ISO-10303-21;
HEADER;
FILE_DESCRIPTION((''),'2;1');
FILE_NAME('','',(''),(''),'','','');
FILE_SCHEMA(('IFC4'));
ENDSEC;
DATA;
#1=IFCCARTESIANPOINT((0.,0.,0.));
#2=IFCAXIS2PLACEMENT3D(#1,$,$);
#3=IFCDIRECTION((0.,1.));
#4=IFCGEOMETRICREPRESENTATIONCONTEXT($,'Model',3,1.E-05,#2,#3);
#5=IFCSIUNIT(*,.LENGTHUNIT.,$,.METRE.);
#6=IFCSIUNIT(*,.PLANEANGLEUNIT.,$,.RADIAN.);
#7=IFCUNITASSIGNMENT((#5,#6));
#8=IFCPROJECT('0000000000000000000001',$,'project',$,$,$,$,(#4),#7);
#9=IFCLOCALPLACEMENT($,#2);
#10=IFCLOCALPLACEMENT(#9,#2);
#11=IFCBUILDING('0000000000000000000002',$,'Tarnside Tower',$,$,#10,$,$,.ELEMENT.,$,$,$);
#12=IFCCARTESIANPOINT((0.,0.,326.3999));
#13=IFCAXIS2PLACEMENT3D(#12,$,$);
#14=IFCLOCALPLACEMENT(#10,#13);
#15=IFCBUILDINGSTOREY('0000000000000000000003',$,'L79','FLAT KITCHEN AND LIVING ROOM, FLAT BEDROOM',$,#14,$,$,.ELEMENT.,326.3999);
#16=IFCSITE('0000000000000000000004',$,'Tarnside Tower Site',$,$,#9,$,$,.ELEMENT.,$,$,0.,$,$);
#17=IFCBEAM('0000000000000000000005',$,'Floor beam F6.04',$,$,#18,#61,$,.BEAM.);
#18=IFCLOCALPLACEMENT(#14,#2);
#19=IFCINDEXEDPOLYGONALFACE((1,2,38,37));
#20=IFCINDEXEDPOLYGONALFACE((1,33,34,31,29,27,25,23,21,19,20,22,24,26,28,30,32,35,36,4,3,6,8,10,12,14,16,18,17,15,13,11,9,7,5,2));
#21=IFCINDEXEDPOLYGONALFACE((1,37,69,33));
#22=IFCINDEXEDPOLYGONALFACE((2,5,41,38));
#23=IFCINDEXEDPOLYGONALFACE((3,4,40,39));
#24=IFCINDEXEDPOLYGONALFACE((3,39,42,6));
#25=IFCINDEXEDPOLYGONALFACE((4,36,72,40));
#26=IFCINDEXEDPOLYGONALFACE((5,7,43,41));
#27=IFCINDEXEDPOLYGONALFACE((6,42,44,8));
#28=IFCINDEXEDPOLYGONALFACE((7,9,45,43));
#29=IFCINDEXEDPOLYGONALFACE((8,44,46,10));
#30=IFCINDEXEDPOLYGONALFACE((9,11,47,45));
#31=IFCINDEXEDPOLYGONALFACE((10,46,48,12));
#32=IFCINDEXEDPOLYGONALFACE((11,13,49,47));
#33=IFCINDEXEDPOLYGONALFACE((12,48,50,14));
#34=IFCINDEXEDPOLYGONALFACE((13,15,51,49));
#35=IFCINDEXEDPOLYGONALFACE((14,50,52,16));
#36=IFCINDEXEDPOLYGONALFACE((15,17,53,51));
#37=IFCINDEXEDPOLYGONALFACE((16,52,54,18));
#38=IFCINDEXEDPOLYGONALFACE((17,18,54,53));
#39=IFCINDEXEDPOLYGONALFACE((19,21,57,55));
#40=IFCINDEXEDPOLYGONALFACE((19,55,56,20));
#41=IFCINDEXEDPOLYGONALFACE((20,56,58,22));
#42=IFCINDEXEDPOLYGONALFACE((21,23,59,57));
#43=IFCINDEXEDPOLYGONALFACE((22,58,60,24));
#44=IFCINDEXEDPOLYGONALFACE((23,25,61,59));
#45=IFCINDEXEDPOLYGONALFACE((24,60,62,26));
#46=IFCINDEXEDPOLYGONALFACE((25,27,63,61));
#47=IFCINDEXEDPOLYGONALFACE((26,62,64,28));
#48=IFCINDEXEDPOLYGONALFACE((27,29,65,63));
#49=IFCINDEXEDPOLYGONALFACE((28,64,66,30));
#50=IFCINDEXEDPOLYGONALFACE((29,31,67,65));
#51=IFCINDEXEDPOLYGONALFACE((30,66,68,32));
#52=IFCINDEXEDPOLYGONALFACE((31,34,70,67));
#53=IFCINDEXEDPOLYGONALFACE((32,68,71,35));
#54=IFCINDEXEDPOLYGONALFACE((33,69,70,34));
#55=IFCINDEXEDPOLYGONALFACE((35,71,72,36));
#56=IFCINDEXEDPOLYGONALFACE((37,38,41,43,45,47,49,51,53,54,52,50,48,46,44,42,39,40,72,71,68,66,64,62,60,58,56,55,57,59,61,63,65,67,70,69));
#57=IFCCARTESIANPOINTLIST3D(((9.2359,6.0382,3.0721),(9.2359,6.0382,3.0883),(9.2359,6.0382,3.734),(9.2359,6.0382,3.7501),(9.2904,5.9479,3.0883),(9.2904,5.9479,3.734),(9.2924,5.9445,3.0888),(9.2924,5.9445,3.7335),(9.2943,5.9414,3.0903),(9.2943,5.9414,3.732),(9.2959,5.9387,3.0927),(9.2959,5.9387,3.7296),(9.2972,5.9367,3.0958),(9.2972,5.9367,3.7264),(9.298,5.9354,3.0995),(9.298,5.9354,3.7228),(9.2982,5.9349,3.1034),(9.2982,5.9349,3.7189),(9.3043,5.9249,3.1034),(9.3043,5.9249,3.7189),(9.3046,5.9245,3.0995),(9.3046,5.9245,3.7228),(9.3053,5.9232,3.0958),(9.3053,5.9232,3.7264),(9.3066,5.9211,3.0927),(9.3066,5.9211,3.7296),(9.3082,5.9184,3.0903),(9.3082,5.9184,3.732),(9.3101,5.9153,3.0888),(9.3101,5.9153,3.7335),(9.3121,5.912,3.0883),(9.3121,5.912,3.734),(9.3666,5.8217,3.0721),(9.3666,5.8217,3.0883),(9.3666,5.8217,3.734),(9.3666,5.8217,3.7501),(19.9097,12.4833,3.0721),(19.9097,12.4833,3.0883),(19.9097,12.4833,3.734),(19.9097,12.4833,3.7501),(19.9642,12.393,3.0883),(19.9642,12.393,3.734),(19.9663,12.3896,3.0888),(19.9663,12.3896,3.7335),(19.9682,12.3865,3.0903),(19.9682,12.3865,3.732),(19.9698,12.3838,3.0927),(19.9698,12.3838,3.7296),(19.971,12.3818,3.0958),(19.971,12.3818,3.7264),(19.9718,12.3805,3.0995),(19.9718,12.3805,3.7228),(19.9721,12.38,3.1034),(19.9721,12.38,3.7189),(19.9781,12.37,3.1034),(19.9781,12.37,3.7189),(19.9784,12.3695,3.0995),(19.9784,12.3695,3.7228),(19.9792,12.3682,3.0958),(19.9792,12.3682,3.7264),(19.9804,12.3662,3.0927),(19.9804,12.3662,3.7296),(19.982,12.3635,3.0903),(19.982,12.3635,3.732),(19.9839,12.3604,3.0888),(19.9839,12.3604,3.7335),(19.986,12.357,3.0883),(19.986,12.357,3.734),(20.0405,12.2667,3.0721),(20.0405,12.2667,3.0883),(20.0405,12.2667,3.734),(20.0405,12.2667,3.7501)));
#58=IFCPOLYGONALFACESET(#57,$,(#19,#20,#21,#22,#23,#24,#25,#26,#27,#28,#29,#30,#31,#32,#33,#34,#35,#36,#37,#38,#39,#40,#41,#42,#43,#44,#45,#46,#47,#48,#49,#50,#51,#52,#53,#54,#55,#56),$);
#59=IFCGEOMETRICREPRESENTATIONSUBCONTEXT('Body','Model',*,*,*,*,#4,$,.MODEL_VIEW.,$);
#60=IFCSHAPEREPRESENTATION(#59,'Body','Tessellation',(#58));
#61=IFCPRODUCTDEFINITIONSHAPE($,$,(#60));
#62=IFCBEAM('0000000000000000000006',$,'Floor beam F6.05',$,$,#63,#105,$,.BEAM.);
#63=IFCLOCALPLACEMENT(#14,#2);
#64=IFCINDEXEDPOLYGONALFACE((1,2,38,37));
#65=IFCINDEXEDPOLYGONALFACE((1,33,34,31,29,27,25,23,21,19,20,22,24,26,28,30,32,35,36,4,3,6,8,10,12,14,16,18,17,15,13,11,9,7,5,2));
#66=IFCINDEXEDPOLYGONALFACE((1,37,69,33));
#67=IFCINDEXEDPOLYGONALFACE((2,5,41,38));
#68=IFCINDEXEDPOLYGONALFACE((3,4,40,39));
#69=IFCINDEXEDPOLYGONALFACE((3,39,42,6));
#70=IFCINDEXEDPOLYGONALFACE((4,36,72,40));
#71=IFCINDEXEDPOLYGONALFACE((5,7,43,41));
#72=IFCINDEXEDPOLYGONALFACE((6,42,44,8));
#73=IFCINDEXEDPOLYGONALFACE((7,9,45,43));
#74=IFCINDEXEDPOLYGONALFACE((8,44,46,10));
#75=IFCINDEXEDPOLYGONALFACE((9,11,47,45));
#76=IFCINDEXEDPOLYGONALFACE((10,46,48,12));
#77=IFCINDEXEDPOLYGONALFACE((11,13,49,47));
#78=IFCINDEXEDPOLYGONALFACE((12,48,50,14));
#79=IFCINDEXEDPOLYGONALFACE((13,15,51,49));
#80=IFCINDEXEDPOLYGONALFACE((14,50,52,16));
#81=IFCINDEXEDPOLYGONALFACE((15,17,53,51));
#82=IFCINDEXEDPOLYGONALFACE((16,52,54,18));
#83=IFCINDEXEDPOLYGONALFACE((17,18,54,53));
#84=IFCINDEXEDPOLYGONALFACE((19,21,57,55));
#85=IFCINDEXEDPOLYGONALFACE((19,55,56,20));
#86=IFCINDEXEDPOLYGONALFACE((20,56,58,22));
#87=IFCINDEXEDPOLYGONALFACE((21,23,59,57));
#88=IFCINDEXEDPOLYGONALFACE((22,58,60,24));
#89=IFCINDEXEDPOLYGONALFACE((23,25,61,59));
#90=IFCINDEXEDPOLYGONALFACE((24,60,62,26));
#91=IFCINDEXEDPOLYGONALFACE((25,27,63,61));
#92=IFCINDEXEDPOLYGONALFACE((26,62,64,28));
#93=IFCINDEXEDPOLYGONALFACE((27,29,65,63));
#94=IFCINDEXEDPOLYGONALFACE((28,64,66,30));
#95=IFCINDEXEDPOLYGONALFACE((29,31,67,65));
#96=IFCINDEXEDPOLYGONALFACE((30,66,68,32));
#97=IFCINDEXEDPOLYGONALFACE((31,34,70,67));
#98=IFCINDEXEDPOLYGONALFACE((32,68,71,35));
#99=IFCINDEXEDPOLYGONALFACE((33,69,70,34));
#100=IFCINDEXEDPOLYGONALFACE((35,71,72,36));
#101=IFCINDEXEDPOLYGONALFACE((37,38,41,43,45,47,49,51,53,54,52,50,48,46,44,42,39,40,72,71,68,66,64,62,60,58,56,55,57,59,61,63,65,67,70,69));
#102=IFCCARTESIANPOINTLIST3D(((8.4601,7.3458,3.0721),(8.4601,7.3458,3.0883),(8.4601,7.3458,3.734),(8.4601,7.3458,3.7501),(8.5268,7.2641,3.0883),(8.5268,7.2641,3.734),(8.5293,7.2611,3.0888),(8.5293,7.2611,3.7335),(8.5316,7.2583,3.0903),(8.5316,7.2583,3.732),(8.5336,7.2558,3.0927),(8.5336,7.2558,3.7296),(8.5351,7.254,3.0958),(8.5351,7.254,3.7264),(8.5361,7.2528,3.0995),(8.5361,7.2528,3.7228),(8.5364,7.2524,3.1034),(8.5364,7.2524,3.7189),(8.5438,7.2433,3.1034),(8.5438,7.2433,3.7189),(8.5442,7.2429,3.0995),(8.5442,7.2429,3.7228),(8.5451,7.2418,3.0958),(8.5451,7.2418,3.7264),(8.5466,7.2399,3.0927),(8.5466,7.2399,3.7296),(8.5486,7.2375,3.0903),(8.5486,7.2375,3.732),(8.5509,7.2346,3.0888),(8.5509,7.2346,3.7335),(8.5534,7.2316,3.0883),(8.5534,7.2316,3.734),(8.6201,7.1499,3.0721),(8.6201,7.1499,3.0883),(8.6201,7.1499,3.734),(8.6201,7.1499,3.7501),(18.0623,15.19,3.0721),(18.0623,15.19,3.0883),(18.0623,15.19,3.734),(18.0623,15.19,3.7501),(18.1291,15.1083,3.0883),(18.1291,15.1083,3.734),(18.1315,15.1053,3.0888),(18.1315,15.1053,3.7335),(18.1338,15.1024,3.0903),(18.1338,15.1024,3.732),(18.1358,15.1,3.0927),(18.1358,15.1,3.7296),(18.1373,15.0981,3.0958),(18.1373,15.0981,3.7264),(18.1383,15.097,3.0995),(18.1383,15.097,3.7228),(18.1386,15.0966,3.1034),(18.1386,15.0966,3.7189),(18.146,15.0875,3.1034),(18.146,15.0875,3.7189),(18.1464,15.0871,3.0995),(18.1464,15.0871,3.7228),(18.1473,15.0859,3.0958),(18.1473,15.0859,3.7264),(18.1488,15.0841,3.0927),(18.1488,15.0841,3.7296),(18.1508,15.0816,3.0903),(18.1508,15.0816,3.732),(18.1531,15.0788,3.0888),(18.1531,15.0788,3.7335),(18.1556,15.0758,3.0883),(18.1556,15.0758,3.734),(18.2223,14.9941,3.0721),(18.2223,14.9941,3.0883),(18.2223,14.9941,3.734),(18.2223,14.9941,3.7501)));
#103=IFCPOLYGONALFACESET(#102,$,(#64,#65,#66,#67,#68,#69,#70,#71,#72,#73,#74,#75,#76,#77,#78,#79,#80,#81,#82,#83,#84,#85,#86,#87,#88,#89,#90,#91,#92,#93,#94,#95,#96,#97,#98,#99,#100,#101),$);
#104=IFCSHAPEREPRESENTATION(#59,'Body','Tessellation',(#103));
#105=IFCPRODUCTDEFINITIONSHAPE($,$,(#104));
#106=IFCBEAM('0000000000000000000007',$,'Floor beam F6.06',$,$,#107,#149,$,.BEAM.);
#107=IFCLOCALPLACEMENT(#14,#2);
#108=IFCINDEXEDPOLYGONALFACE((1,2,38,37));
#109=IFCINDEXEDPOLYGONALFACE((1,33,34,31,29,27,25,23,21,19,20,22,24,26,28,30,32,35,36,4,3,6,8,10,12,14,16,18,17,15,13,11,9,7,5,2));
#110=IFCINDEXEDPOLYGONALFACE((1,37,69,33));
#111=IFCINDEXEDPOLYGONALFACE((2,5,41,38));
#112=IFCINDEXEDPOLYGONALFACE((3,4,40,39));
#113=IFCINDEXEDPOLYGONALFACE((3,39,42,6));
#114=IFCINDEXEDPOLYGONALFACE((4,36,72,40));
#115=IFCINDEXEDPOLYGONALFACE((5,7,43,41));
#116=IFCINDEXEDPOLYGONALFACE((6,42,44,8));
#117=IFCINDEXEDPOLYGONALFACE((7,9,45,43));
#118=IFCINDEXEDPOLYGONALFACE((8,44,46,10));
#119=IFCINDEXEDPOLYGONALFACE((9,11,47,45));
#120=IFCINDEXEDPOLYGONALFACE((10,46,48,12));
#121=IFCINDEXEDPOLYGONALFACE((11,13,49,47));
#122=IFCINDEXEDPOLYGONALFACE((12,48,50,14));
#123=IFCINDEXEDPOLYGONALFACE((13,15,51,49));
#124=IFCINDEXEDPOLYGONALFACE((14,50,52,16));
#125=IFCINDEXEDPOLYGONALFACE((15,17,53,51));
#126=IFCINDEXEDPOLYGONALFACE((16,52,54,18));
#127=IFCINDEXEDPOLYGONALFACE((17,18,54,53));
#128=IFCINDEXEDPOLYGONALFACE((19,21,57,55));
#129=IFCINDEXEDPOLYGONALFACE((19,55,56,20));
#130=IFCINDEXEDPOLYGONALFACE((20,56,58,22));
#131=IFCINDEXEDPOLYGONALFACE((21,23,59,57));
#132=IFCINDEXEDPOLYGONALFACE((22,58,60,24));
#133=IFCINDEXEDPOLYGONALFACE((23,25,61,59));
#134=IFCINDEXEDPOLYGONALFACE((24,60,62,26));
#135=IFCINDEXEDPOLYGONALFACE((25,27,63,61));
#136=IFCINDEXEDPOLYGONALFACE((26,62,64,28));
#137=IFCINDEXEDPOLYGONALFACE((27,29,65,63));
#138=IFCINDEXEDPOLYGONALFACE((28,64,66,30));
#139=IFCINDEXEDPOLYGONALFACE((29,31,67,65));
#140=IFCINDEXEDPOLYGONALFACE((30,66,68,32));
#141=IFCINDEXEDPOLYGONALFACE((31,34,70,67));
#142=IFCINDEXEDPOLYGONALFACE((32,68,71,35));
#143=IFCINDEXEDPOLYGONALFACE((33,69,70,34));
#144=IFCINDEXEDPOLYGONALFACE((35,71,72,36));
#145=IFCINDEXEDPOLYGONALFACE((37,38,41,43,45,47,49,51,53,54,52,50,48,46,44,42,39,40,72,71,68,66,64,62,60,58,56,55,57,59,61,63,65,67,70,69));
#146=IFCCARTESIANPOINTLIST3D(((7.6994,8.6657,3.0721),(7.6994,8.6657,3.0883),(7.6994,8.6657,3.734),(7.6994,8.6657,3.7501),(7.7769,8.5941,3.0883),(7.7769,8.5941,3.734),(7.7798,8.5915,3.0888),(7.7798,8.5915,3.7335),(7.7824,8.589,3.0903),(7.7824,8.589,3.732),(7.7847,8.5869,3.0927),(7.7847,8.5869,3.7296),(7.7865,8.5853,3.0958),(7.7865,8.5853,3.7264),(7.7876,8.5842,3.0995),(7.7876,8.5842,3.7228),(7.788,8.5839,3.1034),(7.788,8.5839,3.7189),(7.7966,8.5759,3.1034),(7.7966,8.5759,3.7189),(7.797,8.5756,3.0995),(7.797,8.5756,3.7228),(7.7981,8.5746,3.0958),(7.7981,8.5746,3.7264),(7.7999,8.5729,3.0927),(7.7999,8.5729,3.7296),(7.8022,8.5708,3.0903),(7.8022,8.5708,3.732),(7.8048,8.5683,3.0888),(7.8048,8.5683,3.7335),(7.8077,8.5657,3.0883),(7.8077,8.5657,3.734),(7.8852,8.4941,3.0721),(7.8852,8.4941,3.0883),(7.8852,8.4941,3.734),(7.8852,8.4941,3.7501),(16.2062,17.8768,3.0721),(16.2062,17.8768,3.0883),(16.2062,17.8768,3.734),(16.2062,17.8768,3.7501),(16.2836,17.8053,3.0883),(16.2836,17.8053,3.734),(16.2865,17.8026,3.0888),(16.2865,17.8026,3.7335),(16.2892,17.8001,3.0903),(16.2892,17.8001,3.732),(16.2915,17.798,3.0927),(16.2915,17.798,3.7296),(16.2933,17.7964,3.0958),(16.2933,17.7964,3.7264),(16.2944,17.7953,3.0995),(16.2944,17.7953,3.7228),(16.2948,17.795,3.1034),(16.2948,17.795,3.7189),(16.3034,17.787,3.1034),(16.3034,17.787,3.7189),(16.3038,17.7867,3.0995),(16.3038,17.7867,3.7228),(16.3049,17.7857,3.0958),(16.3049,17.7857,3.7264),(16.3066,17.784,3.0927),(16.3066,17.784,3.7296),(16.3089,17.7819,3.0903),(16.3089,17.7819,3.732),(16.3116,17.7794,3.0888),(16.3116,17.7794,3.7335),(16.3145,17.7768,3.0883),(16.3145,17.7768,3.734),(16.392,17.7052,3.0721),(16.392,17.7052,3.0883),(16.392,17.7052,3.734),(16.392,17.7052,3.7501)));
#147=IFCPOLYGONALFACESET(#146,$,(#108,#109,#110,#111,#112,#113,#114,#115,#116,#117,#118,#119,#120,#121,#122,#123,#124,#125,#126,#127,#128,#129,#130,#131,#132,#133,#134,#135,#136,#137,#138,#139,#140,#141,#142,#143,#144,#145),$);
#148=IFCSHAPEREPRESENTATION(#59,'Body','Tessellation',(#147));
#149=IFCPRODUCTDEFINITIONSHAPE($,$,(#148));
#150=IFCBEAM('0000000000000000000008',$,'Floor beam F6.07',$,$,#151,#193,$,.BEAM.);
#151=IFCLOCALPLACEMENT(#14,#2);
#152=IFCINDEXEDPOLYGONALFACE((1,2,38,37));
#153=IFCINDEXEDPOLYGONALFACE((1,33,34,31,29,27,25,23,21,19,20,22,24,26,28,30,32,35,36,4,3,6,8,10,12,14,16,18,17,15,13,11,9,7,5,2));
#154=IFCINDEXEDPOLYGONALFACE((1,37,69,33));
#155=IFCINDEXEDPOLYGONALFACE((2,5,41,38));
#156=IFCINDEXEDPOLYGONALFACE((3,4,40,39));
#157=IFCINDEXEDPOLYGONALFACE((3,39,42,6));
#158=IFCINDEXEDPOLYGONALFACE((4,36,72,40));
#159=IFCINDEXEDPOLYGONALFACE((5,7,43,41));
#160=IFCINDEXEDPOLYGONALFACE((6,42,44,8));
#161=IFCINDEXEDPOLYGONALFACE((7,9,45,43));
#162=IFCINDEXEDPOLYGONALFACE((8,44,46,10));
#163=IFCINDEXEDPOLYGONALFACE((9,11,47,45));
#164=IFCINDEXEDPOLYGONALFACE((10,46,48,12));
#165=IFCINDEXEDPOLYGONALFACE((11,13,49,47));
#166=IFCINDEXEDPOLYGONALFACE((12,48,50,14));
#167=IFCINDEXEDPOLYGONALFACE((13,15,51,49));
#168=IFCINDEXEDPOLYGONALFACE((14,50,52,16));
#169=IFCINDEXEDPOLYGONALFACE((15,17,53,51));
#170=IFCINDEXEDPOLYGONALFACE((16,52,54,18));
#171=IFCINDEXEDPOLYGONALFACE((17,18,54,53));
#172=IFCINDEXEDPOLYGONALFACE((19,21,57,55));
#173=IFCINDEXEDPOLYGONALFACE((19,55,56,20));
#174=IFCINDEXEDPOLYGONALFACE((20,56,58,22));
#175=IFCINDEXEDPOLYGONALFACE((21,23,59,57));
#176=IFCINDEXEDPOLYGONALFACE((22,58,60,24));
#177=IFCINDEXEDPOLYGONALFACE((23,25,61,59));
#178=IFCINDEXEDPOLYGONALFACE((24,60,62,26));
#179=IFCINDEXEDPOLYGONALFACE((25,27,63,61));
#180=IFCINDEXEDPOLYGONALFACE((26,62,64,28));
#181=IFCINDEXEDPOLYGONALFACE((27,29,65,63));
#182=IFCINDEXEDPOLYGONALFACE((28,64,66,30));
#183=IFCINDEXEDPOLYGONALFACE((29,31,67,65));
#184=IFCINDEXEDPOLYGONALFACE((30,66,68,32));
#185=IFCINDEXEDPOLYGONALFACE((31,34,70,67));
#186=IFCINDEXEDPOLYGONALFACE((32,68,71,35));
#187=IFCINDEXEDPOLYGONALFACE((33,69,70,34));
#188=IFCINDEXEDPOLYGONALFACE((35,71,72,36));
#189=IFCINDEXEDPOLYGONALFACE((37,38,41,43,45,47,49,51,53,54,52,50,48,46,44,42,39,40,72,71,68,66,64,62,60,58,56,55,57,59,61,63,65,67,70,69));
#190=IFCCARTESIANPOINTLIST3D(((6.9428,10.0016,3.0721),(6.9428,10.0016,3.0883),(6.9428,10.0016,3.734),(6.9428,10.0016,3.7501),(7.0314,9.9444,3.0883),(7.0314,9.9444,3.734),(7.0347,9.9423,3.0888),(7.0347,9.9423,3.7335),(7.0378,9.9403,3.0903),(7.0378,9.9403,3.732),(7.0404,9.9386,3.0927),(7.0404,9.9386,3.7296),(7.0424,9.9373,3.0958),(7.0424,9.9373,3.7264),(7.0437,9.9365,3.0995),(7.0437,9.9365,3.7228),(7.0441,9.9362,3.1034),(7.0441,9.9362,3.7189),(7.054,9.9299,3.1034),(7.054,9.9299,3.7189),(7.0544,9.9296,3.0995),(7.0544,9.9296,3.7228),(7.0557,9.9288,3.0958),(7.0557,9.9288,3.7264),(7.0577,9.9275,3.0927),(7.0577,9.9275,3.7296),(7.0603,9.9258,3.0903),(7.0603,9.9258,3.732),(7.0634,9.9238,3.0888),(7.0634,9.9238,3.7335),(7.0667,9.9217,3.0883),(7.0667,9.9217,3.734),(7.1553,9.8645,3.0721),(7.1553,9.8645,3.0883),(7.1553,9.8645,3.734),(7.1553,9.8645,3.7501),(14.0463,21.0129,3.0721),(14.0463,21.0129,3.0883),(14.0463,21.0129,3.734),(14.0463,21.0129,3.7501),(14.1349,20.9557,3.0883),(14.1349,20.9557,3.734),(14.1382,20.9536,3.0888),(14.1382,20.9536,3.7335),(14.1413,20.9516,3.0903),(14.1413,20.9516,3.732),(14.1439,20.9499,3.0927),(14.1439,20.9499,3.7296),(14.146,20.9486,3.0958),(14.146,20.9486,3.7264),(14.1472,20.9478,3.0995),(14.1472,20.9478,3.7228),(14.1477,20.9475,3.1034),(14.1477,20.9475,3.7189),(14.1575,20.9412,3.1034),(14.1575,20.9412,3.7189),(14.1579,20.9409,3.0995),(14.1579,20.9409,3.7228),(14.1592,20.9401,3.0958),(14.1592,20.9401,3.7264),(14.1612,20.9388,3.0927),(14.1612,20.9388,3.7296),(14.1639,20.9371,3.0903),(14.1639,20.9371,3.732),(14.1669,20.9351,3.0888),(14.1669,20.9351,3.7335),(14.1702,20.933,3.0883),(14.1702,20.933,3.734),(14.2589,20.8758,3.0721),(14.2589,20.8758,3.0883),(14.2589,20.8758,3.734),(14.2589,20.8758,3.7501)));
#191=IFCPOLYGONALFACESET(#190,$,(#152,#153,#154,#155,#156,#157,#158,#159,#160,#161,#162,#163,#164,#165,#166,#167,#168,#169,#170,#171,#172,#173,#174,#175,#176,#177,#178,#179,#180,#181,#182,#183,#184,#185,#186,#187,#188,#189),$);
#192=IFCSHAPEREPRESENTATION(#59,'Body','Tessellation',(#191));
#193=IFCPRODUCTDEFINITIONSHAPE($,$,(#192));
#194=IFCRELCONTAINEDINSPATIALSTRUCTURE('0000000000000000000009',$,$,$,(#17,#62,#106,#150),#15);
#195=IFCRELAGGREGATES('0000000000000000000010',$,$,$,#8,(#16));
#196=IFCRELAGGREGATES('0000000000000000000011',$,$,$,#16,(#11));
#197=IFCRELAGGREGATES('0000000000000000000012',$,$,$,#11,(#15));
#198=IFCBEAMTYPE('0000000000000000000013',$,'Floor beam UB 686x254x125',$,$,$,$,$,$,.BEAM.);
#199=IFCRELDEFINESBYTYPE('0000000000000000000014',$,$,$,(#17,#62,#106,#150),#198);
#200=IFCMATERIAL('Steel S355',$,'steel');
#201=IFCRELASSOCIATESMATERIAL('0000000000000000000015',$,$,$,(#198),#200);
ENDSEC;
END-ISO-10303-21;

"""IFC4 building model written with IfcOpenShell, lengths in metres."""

from ifc_helpers import new_model, si_unit, direction, frame, origin, origin_2d, place, context, subcontext, project, spatial, i_section, extrude, material, material_profile, profile_set, type_object, element, save


model = new_model("IFC4")

# Units and contexts
model_context = context("Model", 3, precision=1e-05, world=origin(), true_north=direction((0.0, 1.0)))
body_context = subcontext(model_context, "Body", "Model", "MODEL_VIEW")
ifc_project = project(units=[si_unit("LENGTHUNIT", "METRE"), si_unit("PLANEANGLEUNIT", "RADIAN")], contexts=[model_context])

# Site, building, storey
site_placement = place(None, origin())
site = spatial("IfcSite", under=ifc_project, at=site_placement, Name="Tarnside Tower Site", CompositionType="ELEMENT", RefElevation=0.0)
building_placement = place(site_placement, origin())
building = spatial("IfcBuilding", under=site, at=building_placement, Name="Tarnside Tower", CompositionType="ELEMENT")
storey_placement = place(building_placement, frame((0.0, 0.0, 326.3999)))
storey = spatial("IfcBuildingStorey", under=building, at=storey_placement, Name="L79", Description="FLAT KITCHEN AND LIVING ROOM, FLAT BEDROOM", CompositionType="ELEMENT", Elevation=326.3999)

# Beams
ifc_material_1 = material(Name="Steel S355", Category="steel")
ifc_material_profile_1 = material_profile(ifc_material_1, i_section(OverallWidth=0.2529, OverallDepth=0.678, WebThickness=0.0117, FlangeThickness=0.0161, FilletRadius=0.0151, at=origin_2d()), Name="UB 686x254x125")
ifc_profile_set_1 = profile_set([ifc_material_profile_1], Name="Steel S355")
beam_type_1 = type_object("IfcBeamType", Name="Floor beam UB 686x254x125", PredefinedType="BEAM", material=ifc_profile_set_1)
beam_1_placement = place(storey_placement, frame((19.9751, 12.375, 3.4111), z_axis=(-0.856047, -0.516898, 0.0), x_axis=(0.516898, -0.856047, 0.0)))
element("IfcBeam", 1, at=beam_1_placement, inside=storey, type_object=beam_type_1, Name="Floor beam F6.04", PredefinedType="BEAM", context=body_context, shape_type="SweptSolid", body=[
    extrude(i_section(OverallWidth=0.2529, OverallDepth=0.678, WebThickness=0.0117, FlangeThickness=0.0161, FilletRadius=0.0151, at=origin_2d()), origin(), (0.0, 0.0, 1.0), 12.4688),
])
beam_2_placement = place(storey_placement, frame((18.1423, 15.092, 3.4111), z_axis=(-0.774439, -0.632649, 0.0), x_axis=(0.632649, -0.774439, 0.0)))
element("IfcBeam", 2, at=beam_2_placement, inside=storey, type_object=beam_type_1, Name="Floor beam F6.05", PredefinedType="BEAM", context=body_context, shape_type="SweptSolid", body=[
    extrude(i_section(OverallWidth=0.2529, OverallDepth=0.678, WebThickness=0.0117, FlangeThickness=0.0161, FilletRadius=0.0151, at=origin_2d()), origin(), (0.0, 0.0, 1.0), 12.3989),
])
beam_3_placement = place(storey_placement, frame((16.2991, 17.791, 3.4111), z_axis=(-0.678461, -0.734636, 0.0), x_axis=(0.734636, -0.678461, 0.0)))
element("IfcBeam", 3, at=beam_3_placement, inside=storey, type_object=beam_type_1, Name="Floor beam F6.06", PredefinedType="BEAM", context=body_context, shape_type="SweptSolid", body=[
    extrude(i_section(OverallWidth=0.2529, OverallDepth=0.678, WebThickness=0.0117, FlangeThickness=0.0161, FilletRadius=0.0151, at=origin_2d()), origin(), (0.0, 0.0, 1.0), 12.5383),
])
beam_4_placement = place(storey_placement, frame((14.1526, 20.9443, 3.4111), z_axis=(-0.5421, -0.840314, 0.0), x_axis=(0.840314, -0.5421, 0.0)))
element("IfcBeam", 4, at=beam_4_placement, inside=storey, type_object=beam_type_1, Name="Floor beam F6.07", PredefinedType="BEAM", context=body_context, shape_type="SweptSolid", body=[
    extrude(i_section(OverallWidth=0.2529, OverallDepth=0.678, WebThickness=0.0117, FlangeThickness=0.0161, FilletRadius=0.0151, at=origin_2d()), origin(), (0.0, 0.0, 1.0), 13.1038),
])

save(model, "model.ifc")
